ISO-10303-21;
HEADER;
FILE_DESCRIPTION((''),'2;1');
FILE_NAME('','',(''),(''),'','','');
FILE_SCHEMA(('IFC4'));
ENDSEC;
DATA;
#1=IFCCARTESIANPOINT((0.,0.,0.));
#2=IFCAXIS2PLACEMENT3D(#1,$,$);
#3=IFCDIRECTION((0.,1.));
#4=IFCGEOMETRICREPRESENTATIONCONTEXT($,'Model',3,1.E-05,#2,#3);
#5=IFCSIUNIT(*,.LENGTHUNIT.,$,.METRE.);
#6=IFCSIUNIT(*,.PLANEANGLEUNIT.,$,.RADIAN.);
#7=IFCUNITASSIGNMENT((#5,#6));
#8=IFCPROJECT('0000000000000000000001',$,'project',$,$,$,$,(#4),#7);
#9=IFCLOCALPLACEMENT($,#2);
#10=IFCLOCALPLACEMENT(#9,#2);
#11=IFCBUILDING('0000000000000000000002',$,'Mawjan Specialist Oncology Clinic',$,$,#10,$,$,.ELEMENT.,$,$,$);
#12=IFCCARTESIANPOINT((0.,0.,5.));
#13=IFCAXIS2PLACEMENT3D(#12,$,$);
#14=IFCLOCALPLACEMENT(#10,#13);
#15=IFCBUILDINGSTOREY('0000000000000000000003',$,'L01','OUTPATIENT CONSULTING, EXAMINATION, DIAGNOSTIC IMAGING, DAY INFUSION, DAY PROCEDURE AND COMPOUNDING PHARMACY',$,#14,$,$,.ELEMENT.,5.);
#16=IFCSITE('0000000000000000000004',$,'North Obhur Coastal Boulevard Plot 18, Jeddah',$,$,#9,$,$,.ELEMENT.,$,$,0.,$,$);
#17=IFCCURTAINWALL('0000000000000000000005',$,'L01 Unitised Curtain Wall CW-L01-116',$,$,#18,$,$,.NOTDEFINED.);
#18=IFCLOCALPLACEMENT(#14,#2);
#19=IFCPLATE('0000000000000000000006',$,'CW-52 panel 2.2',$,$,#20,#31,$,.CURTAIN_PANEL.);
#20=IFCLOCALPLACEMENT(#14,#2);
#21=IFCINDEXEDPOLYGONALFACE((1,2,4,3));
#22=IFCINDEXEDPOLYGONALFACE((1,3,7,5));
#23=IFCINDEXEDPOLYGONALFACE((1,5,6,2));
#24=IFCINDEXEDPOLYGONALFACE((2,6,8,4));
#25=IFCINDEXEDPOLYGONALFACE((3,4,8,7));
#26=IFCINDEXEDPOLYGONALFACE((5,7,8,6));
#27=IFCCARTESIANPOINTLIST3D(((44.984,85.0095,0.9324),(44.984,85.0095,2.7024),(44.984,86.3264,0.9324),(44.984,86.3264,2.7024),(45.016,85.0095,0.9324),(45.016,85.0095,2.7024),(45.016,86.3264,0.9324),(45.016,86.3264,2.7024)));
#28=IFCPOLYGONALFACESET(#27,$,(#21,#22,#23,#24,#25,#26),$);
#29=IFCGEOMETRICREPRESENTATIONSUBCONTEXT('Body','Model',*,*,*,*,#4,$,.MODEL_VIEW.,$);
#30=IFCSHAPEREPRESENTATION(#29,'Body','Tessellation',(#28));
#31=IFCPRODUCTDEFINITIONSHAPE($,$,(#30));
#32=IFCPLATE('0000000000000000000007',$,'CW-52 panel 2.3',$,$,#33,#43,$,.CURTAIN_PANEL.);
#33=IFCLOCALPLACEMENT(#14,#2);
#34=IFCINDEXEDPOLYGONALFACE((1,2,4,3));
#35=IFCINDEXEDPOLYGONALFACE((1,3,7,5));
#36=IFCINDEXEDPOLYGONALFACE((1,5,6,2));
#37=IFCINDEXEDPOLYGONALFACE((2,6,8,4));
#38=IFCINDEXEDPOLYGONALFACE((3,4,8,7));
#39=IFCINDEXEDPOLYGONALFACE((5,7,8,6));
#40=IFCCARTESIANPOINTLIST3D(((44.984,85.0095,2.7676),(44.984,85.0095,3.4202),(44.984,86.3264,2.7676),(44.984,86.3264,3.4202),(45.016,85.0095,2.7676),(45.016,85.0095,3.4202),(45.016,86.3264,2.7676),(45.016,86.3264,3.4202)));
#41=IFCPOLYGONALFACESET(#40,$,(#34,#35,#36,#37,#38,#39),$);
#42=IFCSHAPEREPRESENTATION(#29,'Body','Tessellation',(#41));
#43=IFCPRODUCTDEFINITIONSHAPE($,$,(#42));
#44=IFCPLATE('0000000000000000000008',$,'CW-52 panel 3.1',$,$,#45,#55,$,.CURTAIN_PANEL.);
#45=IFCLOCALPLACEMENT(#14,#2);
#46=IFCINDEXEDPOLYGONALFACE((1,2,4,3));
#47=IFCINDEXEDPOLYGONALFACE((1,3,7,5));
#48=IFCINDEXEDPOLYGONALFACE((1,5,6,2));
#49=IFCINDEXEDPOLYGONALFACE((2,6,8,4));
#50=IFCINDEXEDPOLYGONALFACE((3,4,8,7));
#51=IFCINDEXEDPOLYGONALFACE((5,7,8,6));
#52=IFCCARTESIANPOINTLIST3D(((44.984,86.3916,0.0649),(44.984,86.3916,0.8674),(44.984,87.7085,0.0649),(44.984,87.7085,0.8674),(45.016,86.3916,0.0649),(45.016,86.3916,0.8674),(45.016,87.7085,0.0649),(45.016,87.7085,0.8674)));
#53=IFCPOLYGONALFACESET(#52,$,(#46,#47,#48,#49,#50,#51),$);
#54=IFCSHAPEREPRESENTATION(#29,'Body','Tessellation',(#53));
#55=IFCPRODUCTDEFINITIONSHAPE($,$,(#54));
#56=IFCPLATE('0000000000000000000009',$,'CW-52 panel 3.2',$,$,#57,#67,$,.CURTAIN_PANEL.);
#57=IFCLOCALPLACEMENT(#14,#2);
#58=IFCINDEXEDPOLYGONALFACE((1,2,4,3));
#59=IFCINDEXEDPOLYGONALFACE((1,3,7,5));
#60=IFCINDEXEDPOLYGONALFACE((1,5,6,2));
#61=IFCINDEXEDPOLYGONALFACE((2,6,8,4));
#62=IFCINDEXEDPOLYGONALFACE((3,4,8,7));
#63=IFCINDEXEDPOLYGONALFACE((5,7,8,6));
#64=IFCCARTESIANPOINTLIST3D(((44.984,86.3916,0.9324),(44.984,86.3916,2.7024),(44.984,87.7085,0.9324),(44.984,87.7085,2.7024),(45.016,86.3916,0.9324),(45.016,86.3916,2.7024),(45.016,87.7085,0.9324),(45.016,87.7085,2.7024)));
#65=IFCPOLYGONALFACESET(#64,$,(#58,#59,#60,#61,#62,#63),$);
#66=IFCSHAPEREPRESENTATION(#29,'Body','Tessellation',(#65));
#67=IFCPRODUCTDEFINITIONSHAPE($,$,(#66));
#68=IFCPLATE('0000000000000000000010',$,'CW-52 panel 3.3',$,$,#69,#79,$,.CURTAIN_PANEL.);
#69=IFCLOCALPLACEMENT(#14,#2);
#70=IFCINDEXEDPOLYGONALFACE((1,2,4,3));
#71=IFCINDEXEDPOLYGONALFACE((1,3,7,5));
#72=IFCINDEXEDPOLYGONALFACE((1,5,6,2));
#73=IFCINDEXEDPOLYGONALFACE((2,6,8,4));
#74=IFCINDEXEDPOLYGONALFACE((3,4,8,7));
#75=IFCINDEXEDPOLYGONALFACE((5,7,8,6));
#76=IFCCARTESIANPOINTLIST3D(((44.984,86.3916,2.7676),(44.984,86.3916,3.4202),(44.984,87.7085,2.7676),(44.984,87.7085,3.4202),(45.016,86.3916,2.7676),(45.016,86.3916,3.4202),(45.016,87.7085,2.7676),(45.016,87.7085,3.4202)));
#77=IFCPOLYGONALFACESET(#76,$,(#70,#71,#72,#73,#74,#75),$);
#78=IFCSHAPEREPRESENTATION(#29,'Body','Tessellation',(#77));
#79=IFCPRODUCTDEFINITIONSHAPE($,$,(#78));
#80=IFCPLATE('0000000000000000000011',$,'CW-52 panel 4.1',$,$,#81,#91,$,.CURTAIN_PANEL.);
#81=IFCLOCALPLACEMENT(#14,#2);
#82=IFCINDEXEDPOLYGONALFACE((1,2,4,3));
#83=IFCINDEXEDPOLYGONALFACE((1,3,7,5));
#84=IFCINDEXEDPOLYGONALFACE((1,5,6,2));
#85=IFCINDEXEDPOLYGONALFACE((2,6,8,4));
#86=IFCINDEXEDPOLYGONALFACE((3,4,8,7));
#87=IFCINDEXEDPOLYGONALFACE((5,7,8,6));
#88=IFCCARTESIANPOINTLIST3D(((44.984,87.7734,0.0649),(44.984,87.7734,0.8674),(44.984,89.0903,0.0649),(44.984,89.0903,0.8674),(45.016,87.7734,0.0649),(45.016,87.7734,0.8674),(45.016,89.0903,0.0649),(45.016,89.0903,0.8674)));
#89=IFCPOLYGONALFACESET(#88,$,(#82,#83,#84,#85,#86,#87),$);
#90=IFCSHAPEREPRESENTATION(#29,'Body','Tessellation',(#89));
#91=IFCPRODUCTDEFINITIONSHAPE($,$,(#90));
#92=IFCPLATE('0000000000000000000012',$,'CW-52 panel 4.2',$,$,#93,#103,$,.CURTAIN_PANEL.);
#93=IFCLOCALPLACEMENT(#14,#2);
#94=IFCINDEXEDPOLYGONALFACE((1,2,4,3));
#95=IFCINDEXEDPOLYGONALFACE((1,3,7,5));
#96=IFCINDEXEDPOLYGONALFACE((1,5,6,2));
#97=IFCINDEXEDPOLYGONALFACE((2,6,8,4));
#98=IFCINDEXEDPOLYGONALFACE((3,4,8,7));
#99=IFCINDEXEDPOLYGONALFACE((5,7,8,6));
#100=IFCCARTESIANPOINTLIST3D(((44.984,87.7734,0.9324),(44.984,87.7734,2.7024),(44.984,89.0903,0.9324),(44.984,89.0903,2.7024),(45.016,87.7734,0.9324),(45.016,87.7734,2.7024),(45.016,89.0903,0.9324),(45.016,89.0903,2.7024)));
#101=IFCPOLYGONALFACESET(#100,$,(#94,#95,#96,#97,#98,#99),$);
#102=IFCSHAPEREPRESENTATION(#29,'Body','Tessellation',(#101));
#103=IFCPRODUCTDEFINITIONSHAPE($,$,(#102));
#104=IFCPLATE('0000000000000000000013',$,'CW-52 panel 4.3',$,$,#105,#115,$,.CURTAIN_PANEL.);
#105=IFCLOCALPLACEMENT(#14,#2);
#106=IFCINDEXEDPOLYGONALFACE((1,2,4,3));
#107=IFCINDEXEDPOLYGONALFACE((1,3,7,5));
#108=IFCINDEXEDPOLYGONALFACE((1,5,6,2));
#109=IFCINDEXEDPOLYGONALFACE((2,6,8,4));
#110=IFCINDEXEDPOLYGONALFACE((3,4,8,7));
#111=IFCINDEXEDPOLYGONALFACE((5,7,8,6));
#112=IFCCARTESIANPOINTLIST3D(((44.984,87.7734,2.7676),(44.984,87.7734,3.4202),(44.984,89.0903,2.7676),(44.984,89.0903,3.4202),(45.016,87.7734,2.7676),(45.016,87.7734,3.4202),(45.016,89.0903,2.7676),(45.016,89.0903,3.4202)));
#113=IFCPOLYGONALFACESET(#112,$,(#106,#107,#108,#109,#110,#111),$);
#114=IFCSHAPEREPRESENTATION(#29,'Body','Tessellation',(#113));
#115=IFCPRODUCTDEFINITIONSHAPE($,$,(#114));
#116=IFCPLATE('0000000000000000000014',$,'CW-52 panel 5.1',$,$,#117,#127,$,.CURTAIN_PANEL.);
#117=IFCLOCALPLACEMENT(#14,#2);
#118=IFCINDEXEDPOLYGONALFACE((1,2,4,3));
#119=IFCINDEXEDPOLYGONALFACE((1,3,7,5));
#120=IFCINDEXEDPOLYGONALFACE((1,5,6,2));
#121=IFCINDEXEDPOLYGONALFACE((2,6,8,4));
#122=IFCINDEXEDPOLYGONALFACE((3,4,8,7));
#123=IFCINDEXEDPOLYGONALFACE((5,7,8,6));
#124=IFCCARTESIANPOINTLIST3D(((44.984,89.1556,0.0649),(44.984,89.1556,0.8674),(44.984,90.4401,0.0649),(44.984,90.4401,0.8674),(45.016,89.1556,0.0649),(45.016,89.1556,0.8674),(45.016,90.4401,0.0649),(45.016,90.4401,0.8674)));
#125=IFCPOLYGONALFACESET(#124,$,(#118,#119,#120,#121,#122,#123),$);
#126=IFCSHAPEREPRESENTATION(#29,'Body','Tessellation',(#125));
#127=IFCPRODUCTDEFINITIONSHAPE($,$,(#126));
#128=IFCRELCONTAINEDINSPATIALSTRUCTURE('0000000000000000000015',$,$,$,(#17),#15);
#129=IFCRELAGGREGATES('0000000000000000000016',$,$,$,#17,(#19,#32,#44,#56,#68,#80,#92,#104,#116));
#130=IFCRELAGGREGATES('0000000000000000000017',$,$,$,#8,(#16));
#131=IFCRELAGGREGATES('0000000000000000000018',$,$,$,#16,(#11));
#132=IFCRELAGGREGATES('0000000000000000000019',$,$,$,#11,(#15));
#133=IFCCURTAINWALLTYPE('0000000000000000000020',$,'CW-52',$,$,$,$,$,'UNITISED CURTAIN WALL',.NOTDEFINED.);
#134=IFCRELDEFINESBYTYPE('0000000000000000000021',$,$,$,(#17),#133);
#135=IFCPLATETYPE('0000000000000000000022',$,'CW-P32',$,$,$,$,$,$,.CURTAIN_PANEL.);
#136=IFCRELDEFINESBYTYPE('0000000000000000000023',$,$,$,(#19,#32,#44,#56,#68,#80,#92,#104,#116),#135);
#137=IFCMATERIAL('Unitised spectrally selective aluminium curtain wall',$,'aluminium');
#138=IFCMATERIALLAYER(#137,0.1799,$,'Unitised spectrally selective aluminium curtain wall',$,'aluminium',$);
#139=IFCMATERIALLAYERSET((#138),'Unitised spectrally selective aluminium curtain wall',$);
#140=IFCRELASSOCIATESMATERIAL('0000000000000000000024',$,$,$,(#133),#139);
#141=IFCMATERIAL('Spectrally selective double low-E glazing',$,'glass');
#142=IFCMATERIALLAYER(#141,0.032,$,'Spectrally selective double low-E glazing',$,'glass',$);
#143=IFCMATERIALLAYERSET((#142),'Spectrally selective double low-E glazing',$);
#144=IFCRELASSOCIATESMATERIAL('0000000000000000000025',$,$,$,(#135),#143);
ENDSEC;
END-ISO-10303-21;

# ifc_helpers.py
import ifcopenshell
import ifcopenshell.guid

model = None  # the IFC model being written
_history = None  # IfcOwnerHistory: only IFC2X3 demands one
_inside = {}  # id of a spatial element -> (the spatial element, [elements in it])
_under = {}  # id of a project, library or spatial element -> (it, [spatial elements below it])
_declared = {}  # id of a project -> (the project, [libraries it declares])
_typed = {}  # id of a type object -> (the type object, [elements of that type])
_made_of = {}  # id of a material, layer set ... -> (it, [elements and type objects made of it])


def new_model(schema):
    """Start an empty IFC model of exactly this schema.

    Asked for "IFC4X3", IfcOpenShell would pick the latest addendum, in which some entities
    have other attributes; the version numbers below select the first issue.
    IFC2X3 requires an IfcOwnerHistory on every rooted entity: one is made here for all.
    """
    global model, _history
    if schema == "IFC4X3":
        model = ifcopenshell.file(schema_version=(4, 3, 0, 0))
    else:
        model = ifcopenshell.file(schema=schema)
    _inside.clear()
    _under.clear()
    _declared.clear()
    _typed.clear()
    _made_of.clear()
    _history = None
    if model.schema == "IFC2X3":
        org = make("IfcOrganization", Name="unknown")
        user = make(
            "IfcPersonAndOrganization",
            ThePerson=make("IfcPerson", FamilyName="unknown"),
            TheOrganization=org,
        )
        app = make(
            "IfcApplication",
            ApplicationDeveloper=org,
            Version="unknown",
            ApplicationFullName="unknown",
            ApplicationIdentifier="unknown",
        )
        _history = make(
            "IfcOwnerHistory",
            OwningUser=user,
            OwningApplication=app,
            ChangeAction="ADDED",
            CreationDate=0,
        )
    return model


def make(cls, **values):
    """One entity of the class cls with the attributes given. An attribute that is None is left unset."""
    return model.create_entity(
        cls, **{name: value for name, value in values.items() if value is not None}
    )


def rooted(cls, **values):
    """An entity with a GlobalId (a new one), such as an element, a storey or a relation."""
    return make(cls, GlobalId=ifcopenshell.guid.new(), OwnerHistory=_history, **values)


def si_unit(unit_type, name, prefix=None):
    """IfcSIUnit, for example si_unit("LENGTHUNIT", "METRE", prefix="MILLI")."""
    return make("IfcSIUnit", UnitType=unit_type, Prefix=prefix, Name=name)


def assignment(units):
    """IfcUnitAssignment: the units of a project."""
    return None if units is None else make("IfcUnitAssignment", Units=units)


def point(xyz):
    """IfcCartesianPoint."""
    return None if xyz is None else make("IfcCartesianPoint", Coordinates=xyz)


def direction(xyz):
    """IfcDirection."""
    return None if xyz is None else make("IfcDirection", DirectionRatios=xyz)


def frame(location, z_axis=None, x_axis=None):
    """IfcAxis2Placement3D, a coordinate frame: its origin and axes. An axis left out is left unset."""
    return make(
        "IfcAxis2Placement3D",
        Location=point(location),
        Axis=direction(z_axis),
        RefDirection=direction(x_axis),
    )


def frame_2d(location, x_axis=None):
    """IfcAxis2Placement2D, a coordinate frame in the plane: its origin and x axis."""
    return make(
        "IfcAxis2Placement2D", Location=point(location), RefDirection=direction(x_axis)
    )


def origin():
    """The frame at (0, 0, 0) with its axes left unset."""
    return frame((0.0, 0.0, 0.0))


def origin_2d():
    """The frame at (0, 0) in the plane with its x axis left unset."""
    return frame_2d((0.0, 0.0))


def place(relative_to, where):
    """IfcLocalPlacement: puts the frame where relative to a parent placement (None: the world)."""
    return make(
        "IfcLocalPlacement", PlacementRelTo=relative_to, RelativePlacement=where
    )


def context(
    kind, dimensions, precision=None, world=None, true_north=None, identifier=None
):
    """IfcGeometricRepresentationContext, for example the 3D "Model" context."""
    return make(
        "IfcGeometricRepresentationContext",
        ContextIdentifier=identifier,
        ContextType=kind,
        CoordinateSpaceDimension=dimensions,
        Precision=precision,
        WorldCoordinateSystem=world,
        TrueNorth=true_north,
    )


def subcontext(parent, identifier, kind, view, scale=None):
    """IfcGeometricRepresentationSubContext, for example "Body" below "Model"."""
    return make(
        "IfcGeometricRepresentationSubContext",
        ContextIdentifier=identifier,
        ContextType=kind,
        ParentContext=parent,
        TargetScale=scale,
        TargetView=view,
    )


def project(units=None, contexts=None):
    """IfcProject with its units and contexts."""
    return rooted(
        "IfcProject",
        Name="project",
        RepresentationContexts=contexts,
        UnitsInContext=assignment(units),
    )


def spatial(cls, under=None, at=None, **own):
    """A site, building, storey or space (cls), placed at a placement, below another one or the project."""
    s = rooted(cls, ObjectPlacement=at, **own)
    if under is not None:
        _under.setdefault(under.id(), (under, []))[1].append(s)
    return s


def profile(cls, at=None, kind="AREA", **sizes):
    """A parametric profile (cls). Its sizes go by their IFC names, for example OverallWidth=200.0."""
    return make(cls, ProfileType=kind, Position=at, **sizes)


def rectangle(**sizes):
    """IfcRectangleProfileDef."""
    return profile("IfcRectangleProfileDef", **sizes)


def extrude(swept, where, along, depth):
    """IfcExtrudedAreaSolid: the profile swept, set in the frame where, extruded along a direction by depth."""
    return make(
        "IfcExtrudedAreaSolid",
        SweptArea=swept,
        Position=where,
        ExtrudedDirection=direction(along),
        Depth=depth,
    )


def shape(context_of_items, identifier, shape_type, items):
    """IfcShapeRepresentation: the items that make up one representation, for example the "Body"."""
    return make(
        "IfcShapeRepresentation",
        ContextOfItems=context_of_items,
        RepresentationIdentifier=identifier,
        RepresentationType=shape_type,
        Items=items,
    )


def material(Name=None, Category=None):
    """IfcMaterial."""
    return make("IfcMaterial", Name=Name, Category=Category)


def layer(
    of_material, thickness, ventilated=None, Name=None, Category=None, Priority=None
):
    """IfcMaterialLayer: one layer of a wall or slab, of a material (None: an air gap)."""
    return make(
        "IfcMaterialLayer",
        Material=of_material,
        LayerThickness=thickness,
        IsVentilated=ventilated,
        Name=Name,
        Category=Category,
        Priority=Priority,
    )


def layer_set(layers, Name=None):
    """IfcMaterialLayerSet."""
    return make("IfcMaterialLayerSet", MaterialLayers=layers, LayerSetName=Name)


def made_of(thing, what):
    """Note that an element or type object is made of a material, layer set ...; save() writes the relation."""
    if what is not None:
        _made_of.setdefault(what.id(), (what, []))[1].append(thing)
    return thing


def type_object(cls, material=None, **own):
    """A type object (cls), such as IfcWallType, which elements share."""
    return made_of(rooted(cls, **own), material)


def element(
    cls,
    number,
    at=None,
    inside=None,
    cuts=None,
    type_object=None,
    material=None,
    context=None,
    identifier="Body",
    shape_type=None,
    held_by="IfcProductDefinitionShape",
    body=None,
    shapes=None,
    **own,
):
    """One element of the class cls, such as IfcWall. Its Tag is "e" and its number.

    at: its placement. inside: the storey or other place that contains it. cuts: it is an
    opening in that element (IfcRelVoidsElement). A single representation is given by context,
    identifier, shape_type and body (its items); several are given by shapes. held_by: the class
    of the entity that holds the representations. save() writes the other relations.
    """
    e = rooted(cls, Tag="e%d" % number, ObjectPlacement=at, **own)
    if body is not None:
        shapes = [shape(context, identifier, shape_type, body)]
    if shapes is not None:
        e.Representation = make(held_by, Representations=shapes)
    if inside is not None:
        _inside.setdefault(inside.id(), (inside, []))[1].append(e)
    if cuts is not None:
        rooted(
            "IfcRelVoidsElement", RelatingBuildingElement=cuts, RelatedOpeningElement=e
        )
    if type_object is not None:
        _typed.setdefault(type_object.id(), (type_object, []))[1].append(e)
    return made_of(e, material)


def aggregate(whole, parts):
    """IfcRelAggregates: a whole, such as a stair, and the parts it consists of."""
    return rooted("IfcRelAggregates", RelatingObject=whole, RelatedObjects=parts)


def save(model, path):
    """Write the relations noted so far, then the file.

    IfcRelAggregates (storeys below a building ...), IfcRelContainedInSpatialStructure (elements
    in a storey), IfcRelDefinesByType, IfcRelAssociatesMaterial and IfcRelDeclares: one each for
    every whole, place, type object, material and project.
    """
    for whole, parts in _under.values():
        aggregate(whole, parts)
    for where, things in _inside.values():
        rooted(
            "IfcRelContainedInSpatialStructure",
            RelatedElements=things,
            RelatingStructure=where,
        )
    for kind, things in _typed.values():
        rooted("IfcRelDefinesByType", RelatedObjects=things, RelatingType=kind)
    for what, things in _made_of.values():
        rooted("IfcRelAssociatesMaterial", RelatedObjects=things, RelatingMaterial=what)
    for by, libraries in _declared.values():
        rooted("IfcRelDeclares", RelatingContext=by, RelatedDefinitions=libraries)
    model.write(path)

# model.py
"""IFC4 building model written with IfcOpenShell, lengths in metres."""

from ifc_helpers import new_model, si_unit, direction, frame, origin, origin_2d, place, context, subcontext, project, spatial, rectangle, extrude, material, layer, layer_set, type_object, element, aggregate, save


model = new_model("IFC4")

# Units and contexts
model_context = context("Model", 3, precision=1e-05, world=origin(), true_north=direction((0.0, 1.0)))
body_context = subcontext(model_context, "Body", "Model", "MODEL_VIEW")
ifc_project = project(units=[si_unit("LENGTHUNIT", "METRE"), si_unit("PLANEANGLEUNIT", "RADIAN")], contexts=[model_context])

# Site, building, storey
site_placement = place(None, origin())
site = spatial("IfcSite", under=ifc_project, at=site_placement, Name="North Obhur Coastal Boulevard Plot 18, Jeddah", CompositionType="ELEMENT", RefElevation=0.0)
building_placement = place(site_placement, origin())
building = spatial("IfcBuilding", under=site, at=building_placement, Name="Mawjan Specialist Oncology Clinic", CompositionType="ELEMENT")
storey_placement = place(building_placement, frame((0.0, 0.0, 5.0)))
storey = spatial("IfcBuildingStorey", under=building, at=storey_placement, Name="L01", Description="OUTPATIENT CONSULTING, EXAMINATION, DIAGNOSTIC IMAGING, DAY INFUSION, DAY PROCEDURE AND COMPOUNDING PHARMACY", CompositionType="ELEMENT", Elevation=5.0)

# Curtain wall, plates
ifc_material_1 = material(Name="Unitised spectrally selective aluminium curtain wall", Category="aluminium")
ifc_layer_1 = layer(ifc_material_1, 0.1799, Name="Unitised spectrally selective aluminium curtain wall", Category="aluminium")
ifc_layer_set_1 = layer_set([ifc_layer_1], Name="Unitised spectrally selective aluminium curtain wall")
curtain_wall_type = type_object("IfcCurtainWallType", Name="CW-52", ElementType="UNITISED CURTAIN WALL", PredefinedType="NOTDEFINED", material=ifc_layer_set_1)
curtain_wall_placement = place(storey_placement, origin())
curtain_wall = element("IfcCurtainWall", 1, at=curtain_wall_placement, inside=storey, type_object=curtain_wall_type, Name="L01 Unitised Curtain Wall CW-L01-116", PredefinedType="NOTDEFINED")
ifc_material_2 = material(Name="Spectrally selective double low-E glazing", Category="glass")
ifc_layer_2 = layer(ifc_material_2, 0.032, Name="Spectrally selective double low-E glazing", Category="glass")
ifc_layer_set_2 = layer_set([ifc_layer_2], Name="Spectrally selective double low-E glazing")
plate_type = type_object("IfcPlateType", Name="CW-P32", PredefinedType="CURTAIN_PANEL", material=ifc_layer_set_2)
plate_1_placement = place(storey_placement, frame((45.0, 85.668, 0.9324), z_axis=(0.0, 0.0, 1.0), x_axis=(0.0, 1.0, 0.0)))
plate_1 = element("IfcPlate", 2, at=plate_1_placement, type_object=plate_type, Name="CW-52 panel 2.2", PredefinedType="CURTAIN_PANEL", context=body_context, shape_type="SweptSolid", body=[
    extrude(rectangle(XDim=1.3169, YDim=0.032, at=origin_2d()), origin(), (0.0, 0.0, 1.0), 1.77),
])
plate_2_placement = place(storey_placement, frame((45.0, 85.668, 2.7676), z_axis=(0.0, 0.0, 1.0), x_axis=(0.0, 1.0, 0.0)))
plate_2 = element("IfcPlate", 3, at=plate_2_placement, type_object=plate_type, Name="CW-52 panel 2.3", PredefinedType="CURTAIN_PANEL", context=body_context, shape_type="SweptSolid", body=[
    extrude(rectangle(XDim=1.3169, YDim=0.032, at=origin_2d()), origin(), (0.0, 0.0, 1.0), 0.6526),
])
plate_3_placement = place(storey_placement, frame((45.0, 87.05, 0.0649), z_axis=(0.0, 0.0, 1.0), x_axis=(0.0, 1.0, 0.0)))
plate_3 = element("IfcPlate", 4, at=plate_3_placement, type_object=plate_type, Name="CW-52 panel 3.1", PredefinedType="CURTAIN_PANEL", context=body_context, shape_type="SweptSolid", body=[
    extrude(rectangle(XDim=1.3169, YDim=0.032, at=origin_2d()), origin(), (0.0, 0.0, 1.0), 0.8025),
])
plate_4_placement = place(storey_placement, frame((45.0, 87.05, 0.9324), z_axis=(0.0, 0.0, 1.0), x_axis=(0.0, 1.0, 0.0)))
plate_4 = element("IfcPlate", 5, at=plate_4_placement, type_object=plate_type, Name="CW-52 panel 3.2", PredefinedType="CURTAIN_PANEL", context=body_context, shape_type="SweptSolid", body=[
    extrude(rectangle(XDim=1.3169, YDim=0.032, at=origin_2d()), origin(), (0.0, 0.0, 1.0), 1.77),
])
plate_5_placement = place(storey_placement, frame((45.0, 87.05, 2.7676), z_axis=(0.0, 0.0, 1.0), x_axis=(0.0, 1.0, 0.0)))
plate_5 = element("IfcPlate", 6, at=plate_5_placement, type_object=plate_type, Name="CW-52 panel 3.3", PredefinedType="CURTAIN_PANEL", context=body_context, shape_type="SweptSolid", body=[
    extrude(rectangle(XDim=1.3169, YDim=0.032, at=origin_2d()), origin(), (0.0, 0.0, 1.0), 0.6526),
])
plate_6_placement = place(storey_placement, frame((45.0, 88.4319, 0.0649), z_axis=(0.0, 0.0, 1.0), x_axis=(0.0, 1.0, 0.0)))
plate_6 = element("IfcPlate", 7, at=plate_6_placement, type_object=plate_type, Name="CW-52 panel 4.1", PredefinedType="CURTAIN_PANEL", context=body_context, shape_type="SweptSolid", body=[
    extrude(rectangle(XDim=1.3169, YDim=0.032, at=origin_2d()), origin(), (0.0, 0.0, 1.0), 0.8025),
])
plate_7_placement = place(storey_placement, frame((45.0, 88.4319, 0.9324), z_axis=(0.0, 0.0, 1.0), x_axis=(0.0, 1.0, 0.0)))
plate_7 = element("IfcPlate", 8, at=plate_7_placement, type_object=plate_type, Name="CW-52 panel 4.2", PredefinedType="CURTAIN_PANEL", context=body_context, shape_type="SweptSolid", body=[
    extrude(rectangle(XDim=1.3169, YDim=0.032, at=origin_2d()), origin(), (0.0, 0.0, 1.0), 1.77),
])
plate_8_placement = place(storey_placement, frame((45.0, 88.4319, 2.7676), z_axis=(0.0, 0.0, 1.0), x_axis=(0.0, 1.0, 0.0)))
plate_8 = element("IfcPlate", 9, at=plate_8_placement, type_object=plate_type, Name="CW-52 panel 4.3", PredefinedType="CURTAIN_PANEL", context=body_context, shape_type="SweptSolid", body=[
    extrude(rectangle(XDim=1.3169, YDim=0.032, at=origin_2d()), origin(), (0.0, 0.0, 1.0), 0.6526),
])
plate_9_placement = place(storey_placement, frame((45.0, 89.7979, 0.0649), z_axis=(0.0, 0.0, 1.0), x_axis=(0.0, 1.0, 0.0)))
plate_9 = element("IfcPlate", 10, at=plate_9_placement, type_object=plate_type, Name="CW-52 panel 5.1", PredefinedType="CURTAIN_PANEL", context=body_context, shape_type="SweptSolid", body=[
    extrude(rectangle(XDim=1.2844, YDim=0.032, at=origin_2d()), origin(), (0.0, 0.0, 1.0), 0.8025),
])
aggregate(curtain_wall, [plate_1, plate_2, plate_3, plate_4, plate_5, plate_6, plate_7, plate_8, plate_9])

save(model, "model.ifc")
